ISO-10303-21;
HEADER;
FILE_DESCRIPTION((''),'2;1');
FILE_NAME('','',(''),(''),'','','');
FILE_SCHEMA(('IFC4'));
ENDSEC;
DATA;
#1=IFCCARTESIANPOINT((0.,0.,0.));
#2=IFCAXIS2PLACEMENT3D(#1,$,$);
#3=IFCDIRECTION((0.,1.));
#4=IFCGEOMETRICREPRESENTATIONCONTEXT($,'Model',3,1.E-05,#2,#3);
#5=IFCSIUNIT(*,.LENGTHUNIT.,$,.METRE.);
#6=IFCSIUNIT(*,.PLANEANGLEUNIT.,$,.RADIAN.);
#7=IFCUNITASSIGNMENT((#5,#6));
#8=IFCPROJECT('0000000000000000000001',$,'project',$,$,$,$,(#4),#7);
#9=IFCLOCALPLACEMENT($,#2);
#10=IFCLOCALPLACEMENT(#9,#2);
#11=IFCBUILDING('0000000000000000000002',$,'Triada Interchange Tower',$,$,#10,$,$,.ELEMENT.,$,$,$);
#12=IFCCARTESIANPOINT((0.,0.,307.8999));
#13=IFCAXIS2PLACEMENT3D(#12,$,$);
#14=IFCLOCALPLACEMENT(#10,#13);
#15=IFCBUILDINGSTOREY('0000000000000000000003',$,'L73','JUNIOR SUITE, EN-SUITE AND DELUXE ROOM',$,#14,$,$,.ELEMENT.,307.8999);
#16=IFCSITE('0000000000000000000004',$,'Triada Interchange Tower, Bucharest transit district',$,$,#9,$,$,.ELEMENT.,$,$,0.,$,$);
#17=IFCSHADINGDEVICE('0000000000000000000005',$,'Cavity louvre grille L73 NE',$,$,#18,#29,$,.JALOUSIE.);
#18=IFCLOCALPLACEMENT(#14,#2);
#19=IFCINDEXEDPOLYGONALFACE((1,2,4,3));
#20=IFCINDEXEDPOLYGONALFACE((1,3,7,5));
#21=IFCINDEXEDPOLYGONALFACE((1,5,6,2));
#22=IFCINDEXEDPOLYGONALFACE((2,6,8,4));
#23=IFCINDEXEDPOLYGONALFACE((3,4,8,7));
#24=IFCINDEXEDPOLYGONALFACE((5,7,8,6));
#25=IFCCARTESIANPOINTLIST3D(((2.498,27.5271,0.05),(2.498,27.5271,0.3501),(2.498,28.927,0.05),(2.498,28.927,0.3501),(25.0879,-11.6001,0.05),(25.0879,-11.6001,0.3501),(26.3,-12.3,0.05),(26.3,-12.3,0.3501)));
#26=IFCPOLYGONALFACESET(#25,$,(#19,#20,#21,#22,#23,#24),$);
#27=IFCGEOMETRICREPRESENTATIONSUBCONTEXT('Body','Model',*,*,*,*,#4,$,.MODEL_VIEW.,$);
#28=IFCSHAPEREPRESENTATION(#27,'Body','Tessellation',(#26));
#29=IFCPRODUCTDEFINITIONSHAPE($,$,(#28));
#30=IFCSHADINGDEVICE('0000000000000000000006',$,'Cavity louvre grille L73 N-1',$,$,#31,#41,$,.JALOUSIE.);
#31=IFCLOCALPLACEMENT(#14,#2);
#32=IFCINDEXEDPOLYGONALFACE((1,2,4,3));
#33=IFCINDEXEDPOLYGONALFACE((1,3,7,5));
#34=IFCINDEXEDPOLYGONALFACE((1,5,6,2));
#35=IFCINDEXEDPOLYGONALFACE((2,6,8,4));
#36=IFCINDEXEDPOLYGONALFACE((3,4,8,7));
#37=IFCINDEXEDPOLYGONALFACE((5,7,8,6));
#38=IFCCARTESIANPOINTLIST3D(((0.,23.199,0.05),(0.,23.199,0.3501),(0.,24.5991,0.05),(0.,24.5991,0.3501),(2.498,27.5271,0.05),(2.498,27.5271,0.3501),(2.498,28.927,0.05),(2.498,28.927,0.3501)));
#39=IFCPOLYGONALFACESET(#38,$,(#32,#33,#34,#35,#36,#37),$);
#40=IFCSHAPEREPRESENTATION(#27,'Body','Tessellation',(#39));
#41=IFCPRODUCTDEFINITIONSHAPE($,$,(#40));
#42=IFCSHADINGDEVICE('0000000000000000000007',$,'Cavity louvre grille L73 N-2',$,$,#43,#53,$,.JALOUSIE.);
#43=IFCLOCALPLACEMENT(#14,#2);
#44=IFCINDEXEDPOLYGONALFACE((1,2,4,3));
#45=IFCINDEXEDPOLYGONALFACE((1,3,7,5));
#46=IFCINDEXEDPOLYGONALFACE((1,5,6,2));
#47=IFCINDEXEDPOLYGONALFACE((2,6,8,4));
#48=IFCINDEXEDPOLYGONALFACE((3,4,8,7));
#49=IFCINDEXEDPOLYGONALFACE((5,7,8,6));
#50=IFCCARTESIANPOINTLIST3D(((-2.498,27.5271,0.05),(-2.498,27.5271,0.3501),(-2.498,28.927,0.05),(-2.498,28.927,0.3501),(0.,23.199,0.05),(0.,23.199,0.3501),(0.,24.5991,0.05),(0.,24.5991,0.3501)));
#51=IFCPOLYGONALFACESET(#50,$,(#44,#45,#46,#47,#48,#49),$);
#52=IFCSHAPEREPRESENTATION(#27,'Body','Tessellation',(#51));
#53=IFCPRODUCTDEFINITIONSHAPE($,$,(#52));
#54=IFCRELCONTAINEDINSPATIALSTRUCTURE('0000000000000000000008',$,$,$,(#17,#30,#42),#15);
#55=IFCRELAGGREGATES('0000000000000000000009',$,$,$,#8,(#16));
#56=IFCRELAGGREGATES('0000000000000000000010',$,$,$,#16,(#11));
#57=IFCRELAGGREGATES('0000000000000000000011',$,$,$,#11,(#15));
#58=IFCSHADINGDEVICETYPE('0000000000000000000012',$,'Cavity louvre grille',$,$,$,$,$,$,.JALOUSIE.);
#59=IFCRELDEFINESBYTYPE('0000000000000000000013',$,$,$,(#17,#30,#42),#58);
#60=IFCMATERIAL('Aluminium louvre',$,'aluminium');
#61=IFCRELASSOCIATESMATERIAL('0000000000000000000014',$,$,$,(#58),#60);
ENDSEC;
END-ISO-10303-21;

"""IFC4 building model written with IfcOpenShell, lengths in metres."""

from ifc_helpers import new_model, si_unit, direction, frame, origin, place, context, subcontext, project, spatial, polyline, outline, extrude, material, type_object, element, save


model = new_model("IFC4")

# Units and contexts
model_context = context("Model", 3, precision=1e-05, world=origin(), true_north=direction((0.0, 1.0)))
body_context = subcontext(model_context, "Body", "Model", "MODEL_VIEW")
ifc_project = project(units=[si_unit("LENGTHUNIT", "METRE"), si_unit("PLANEANGLEUNIT", "RADIAN")], contexts=[model_context])

# Site, building, storey
site_placement = place(None, origin())
site = spatial("IfcSite", under=ifc_project, at=site_placement, Name="Triada Interchange Tower, Bucharest transit district", CompositionType="ELEMENT", RefElevation=0.0)
building_placement = place(site_placement, origin())
building = spatial("IfcBuilding", under=site, at=building_placement, Name="Triada Interchange Tower", CompositionType="ELEMENT")
storey_placement = place(building_placement, frame((0.0, 0.0, 307.8999)))
storey = spatial("IfcBuildingStorey", under=building, at=storey_placement, Name="L73", Description="JUNIOR SUITE, EN-SUITE AND DELUXE ROOM", CompositionType="ELEMENT", Elevation=307.8999)

# Shading devices
ifc_material_1 = material(Name="Aluminium louvre", Category="aluminium")
shading_device_type = type_object("IfcShadingDeviceType", Name="Cavity louvre grille", PredefinedType="JALOUSIE", material=ifc_material_1)
shading_device_1_placement = place(storey_placement, frame((0.0, 0.0, 0.05)))
element("IfcShadingDevice", 1, at=shading_device_1_placement, inside=storey, type_object=shading_device_type, Name="Cavity louvre grille L73 NE", PredefinedType="JALOUSIE", context=body_context, shape_type="SweptSolid", body=[
    extrude(outline(polyline([(25.0879, -11.6001), (26.3, -12.3), (2.498, 28.927), (2.498, 27.5271), (25.0879, -11.6001)])), origin(), (0.0, 0.0, 1.0), 0.3),
])
shading_device_2_placement = place(storey_placement, frame((0.0, 0.0, 0.05)))
element("IfcShadingDevice", 2, at=shading_device_2_placement, inside=storey, type_object=shading_device_type, Name="Cavity louvre grille L73 N-1", PredefinedType="JALOUSIE", context=body_context, shape_type="SweptSolid", body=[
    extrude(outline(polyline([(2.498, 27.5271), (2.498, 28.927), (0.0, 24.5991), (0.0, 23.199), (2.498, 27.5271)])), origin(), (0.0, 0.0, 1.0), 0.3),
])
shading_device_3_placement = place(storey_placement, frame((0.0, 0.0, 0.05)))
element("IfcShadingDevice", 3, at=shading_device_3_placement, inside=storey, type_object=shading_device_type, Name="Cavity louvre grille L73 N-2", PredefinedType="JALOUSIE", context=body_context, shape_type="SweptSolid", body=[
    extrude(outline(polyline([(0.0, 23.199), (0.0, 24.5991), (-2.498, 28.927), (-2.498, 27.5271), (0.0, 23.199)])), origin(), (0.0, 0.0, 1.0), 0.3),
])

save(model, "model.ifc")
